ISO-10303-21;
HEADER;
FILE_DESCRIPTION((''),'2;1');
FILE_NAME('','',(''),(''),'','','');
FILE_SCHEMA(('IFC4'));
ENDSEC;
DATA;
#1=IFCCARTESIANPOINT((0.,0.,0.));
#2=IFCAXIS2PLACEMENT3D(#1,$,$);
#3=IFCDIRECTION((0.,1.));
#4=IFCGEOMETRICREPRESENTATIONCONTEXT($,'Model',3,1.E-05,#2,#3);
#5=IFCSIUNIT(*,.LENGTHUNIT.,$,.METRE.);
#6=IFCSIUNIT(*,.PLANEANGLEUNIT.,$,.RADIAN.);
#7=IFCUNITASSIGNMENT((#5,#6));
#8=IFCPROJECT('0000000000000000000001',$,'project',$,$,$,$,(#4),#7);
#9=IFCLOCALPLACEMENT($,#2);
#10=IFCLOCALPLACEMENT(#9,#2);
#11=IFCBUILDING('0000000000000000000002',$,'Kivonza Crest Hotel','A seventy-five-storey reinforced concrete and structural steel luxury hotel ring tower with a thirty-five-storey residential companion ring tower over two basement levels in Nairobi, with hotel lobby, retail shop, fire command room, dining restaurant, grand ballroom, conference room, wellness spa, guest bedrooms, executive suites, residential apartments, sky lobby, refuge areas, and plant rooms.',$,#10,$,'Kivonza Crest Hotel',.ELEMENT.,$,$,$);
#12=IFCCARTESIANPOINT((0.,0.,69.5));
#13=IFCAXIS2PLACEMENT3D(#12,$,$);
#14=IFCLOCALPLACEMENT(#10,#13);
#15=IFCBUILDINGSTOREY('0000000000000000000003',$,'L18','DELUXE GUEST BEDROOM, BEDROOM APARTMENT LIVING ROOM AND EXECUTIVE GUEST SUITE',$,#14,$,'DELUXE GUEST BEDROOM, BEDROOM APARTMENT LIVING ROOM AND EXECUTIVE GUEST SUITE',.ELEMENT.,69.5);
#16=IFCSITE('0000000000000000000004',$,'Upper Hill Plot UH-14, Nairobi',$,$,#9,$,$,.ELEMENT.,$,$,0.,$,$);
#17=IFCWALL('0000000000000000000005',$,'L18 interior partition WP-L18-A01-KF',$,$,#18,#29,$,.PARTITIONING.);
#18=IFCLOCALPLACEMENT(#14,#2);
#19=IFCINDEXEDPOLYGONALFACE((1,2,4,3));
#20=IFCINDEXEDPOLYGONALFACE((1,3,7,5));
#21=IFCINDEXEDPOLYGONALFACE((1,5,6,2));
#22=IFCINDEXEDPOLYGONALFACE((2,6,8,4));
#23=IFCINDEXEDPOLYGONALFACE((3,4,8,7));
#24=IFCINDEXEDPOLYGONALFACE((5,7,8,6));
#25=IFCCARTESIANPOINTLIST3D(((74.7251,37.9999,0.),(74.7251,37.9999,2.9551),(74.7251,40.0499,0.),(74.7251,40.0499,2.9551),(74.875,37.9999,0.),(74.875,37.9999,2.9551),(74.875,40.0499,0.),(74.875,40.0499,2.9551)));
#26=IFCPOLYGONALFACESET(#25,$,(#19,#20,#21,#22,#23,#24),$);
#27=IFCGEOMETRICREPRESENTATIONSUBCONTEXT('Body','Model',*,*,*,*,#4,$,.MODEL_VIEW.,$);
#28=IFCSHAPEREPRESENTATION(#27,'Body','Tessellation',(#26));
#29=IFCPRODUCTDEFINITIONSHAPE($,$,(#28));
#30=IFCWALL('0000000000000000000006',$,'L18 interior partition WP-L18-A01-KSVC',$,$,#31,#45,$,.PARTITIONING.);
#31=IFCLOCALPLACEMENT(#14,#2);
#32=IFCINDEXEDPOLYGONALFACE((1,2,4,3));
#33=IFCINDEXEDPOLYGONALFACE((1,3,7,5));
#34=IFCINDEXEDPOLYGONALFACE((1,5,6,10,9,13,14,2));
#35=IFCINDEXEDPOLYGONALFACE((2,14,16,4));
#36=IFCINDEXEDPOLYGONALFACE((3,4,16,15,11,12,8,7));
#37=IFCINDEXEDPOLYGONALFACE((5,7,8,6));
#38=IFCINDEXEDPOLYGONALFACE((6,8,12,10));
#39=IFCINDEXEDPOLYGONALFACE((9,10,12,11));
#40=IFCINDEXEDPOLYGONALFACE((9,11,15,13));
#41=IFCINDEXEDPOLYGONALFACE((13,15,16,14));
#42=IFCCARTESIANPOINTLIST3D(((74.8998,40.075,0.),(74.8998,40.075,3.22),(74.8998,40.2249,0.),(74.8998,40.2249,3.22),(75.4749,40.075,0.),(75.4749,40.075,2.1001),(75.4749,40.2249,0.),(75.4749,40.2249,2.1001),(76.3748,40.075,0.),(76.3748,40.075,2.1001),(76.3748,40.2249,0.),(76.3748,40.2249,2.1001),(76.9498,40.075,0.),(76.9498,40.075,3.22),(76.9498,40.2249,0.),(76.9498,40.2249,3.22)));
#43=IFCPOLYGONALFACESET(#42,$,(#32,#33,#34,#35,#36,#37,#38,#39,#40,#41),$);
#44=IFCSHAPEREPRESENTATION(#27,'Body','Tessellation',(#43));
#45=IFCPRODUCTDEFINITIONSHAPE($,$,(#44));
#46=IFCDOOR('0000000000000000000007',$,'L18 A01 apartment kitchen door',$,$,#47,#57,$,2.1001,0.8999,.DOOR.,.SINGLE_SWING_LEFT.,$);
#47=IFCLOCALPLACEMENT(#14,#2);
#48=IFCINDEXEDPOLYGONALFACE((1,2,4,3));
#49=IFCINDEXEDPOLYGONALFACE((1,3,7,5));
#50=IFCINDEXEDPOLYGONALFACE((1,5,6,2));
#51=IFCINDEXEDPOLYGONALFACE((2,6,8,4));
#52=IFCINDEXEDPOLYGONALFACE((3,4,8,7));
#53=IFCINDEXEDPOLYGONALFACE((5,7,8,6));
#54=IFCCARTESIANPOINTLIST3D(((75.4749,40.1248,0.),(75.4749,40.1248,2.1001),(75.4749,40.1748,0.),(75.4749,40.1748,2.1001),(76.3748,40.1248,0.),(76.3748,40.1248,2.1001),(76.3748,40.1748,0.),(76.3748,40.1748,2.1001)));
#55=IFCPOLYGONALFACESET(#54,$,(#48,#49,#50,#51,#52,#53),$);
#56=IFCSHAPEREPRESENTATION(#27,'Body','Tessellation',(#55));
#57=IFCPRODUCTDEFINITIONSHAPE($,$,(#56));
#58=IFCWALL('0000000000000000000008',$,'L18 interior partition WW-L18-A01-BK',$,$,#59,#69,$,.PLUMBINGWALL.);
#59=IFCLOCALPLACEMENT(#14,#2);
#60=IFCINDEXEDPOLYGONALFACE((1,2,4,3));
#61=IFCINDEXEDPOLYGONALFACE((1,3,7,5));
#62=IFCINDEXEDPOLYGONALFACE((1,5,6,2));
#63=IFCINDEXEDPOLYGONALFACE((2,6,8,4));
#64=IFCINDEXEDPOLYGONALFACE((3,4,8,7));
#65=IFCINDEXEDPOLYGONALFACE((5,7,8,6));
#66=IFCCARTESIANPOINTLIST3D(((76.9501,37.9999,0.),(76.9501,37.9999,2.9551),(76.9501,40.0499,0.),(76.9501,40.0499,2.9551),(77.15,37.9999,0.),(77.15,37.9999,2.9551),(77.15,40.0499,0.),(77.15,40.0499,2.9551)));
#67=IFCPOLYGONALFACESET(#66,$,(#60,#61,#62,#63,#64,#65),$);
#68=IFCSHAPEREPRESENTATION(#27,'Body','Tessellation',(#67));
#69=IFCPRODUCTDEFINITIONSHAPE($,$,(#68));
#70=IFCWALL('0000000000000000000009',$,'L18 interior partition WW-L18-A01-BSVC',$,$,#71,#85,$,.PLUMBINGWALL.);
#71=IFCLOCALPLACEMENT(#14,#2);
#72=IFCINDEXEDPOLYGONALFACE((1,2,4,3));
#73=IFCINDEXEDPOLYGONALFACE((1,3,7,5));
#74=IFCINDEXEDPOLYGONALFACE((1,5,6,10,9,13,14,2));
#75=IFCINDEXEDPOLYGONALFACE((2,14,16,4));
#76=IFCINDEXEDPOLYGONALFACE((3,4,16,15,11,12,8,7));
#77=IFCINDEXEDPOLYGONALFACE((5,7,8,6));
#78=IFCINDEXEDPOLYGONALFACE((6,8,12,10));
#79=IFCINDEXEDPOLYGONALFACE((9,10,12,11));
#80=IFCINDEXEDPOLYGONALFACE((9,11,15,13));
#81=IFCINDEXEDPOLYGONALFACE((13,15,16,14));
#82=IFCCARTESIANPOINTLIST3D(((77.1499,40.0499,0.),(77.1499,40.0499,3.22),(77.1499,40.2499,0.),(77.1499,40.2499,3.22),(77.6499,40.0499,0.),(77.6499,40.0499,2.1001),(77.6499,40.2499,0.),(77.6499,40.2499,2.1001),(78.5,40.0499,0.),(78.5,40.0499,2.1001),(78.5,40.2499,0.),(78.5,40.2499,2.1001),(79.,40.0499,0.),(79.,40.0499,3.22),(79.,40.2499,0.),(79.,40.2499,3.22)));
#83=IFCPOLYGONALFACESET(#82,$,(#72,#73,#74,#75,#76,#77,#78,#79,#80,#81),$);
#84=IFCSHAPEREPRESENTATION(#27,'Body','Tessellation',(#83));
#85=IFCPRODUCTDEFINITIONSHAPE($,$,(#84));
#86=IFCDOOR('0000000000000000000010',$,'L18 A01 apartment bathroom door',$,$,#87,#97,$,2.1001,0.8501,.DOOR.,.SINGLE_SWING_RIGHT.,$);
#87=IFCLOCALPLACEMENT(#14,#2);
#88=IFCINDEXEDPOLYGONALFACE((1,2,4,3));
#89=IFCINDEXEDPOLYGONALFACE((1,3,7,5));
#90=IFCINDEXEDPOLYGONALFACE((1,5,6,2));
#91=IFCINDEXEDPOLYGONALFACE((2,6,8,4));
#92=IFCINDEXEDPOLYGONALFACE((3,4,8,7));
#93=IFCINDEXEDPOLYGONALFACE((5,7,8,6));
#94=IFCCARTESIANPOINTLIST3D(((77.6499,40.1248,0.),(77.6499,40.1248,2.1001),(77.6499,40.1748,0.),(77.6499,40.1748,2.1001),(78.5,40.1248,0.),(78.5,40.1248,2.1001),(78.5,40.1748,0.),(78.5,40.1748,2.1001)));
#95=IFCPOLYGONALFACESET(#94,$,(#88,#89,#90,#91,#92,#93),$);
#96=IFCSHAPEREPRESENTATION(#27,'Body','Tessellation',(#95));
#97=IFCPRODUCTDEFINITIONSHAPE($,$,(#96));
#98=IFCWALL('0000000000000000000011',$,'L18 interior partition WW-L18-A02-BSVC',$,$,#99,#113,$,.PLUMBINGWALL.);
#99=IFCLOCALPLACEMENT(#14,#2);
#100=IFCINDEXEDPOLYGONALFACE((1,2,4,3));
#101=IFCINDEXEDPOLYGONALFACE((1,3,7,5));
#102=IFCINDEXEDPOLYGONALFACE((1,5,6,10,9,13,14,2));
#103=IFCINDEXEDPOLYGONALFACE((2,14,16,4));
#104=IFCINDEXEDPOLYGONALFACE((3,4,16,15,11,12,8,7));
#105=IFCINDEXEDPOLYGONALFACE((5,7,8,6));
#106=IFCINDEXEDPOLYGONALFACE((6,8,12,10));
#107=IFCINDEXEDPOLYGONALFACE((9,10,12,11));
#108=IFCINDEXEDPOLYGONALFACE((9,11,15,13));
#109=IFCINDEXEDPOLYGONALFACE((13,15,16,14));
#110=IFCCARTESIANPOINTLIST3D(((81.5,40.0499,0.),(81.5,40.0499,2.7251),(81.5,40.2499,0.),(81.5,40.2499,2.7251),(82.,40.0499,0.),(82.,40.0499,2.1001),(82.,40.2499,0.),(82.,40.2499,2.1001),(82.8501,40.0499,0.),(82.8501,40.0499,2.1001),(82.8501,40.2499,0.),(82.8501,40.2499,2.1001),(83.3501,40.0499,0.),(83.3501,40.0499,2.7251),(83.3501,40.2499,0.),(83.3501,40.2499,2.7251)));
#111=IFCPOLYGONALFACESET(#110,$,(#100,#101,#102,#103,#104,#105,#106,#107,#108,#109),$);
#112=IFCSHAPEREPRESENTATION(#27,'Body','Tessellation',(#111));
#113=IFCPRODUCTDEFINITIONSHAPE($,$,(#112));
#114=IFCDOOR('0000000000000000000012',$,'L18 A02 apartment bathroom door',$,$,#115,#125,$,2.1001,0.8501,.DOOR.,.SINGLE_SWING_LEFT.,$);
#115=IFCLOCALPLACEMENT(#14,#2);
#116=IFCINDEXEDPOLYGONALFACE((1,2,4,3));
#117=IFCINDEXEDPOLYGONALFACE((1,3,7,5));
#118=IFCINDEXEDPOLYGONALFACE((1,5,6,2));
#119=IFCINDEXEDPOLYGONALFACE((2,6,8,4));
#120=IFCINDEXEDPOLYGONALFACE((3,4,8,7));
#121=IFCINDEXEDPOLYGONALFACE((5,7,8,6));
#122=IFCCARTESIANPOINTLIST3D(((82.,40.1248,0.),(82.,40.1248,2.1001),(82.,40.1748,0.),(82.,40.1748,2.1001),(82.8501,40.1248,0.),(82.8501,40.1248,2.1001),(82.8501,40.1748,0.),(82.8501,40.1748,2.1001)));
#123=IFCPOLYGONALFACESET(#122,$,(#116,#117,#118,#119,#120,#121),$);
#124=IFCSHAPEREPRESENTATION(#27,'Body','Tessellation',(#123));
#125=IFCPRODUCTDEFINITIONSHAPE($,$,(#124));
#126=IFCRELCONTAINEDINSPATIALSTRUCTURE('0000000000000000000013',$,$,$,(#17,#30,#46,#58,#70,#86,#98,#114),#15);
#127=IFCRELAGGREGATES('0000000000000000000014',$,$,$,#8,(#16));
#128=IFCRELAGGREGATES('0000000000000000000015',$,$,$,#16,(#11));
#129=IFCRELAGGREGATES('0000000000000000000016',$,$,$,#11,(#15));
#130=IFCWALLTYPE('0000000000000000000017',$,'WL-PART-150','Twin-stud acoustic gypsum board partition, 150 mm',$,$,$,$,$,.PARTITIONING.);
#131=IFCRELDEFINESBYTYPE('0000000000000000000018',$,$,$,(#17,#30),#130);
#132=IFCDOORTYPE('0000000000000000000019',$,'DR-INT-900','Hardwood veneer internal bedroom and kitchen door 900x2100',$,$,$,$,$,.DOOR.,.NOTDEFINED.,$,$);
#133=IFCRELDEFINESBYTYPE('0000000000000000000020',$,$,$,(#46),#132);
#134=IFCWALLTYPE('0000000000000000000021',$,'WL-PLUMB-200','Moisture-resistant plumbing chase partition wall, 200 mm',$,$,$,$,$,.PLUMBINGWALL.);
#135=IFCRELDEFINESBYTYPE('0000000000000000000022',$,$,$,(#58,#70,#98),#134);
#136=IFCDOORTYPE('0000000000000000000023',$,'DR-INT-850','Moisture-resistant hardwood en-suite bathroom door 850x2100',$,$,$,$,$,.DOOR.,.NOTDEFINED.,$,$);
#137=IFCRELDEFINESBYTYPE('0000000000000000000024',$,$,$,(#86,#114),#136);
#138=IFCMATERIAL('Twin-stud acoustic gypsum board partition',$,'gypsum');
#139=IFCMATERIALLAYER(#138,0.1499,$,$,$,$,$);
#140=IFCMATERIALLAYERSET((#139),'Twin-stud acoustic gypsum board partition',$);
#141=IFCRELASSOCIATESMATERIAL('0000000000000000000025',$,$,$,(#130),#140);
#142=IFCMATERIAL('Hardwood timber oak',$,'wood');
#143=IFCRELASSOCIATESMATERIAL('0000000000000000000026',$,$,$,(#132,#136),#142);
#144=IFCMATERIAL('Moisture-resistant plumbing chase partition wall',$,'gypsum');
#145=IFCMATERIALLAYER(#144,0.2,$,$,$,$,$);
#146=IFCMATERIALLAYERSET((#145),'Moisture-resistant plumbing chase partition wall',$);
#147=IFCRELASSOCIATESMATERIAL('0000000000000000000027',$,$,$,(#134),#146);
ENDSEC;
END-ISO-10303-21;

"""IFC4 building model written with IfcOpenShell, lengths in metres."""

from ifc_helpers import new_model, si_unit, direction, frame, frame_2d, origin, place, context, subcontext, project, spatial, rectangle, extrude, material, layer, layer_set, type_object, element, fill, save


model = new_model("IFC4")

# Units and contexts
model_context = context("Model", 3, precision=1e-05, world=origin(), true_north=direction((0.0, 1.0)))
body_context = subcontext(model_context, "Body", "Model", "MODEL_VIEW")
ifc_project = project(units=[si_unit("LENGTHUNIT", "METRE"), si_unit("PLANEANGLEUNIT", "RADIAN")], contexts=[model_context])

# Site, building, storey
site_placement = place(None, origin())
site = spatial("IfcSite", under=ifc_project, at=site_placement, Name="Upper Hill Plot UH-14, Nairobi", CompositionType="ELEMENT", RefElevation=0.0)
building_placement = place(site_placement, origin())
building = spatial("IfcBuilding", under=site, at=building_placement, Name="Kivonza Crest Hotel", Description="A seventy-five-storey reinforced concrete and structural steel luxury hotel ring tower with a thirty-five-storey residential companion ring tower over two basement levels in Nairobi, with hotel lobby, retail shop, fire command room, dining restaurant, grand ballroom, conference room, wellness spa, guest bedrooms, executive suites, residential apartments, sky lobby, refuge areas, and plant rooms.", LongName="Kivonza Crest Hotel", CompositionType="ELEMENT")
storey_placement = place(building_placement, frame((0.0, 0.0, 69.5)))
storey = spatial("IfcBuildingStorey", under=building, at=storey_placement, Name="L18", Description="DELUXE GUEST BEDROOM, BEDROOM APARTMENT LIVING ROOM AND EXECUTIVE GUEST SUITE", LongName="DELUXE GUEST BEDROOM, BEDROOM APARTMENT LIVING ROOM AND EXECUTIVE GUEST SUITE", CompositionType="ELEMENT", Elevation=69.5)

# Shared definitions
ifc_material_1 = material(Name="Twin-stud acoustic gypsum board partition", Category="gypsum")
ifc_layer_1 = layer(ifc_material_1, 0.1499)
ifc_layer_set_1 = layer_set([ifc_layer_1], Name="Twin-stud acoustic gypsum board partition")
wall_type_1 = type_object("IfcWallType", Name="WL-PART-150", Description="Twin-stud acoustic gypsum board partition, 150 mm", PredefinedType="PARTITIONING", material=ifc_layer_set_1)
ifc_material_2 = material(Name="Hardwood timber oak", Category="wood")
door_type_1 = type_object("IfcDoorType", Name="DR-INT-900", Description="Hardwood veneer internal bedroom and kitchen door 900x2100", OperationType="NOTDEFINED", PredefinedType="DOOR", material=ifc_material_2)

# Wall
wall_1_placement = place(storey_placement, frame((74.8, 38.0, 0.0), z_axis=(0.0, 0.0, 1.0), x_axis=(0.0, 1.0, 0.0)))
element("IfcWall", 1, at=wall_1_placement, inside=storey, type_object=wall_type_1, Name="L18 interior partition WP-L18-A01-KF", PredefinedType="PARTITIONING", context=body_context, shape_type="SweptSolid", body=[
    extrude(rectangle(XDim=2.05, YDim=0.1499, at=frame_2d((1.0249, 0.0))), origin(), (0.0, 0.0, 1.0), 2.9551),
])

# Wall, opening, door
wall_2_placement = place(storey_placement, frame((74.8999, 40.1499, 0.0), z_axis=(0.0, 0.0, 1.0), x_axis=(1.0, 0.0, 0.0)))
wall_2 = element("IfcWall", 2, at=wall_2_placement, inside=storey, type_object=wall_type_1, Name="L18 interior partition WP-L18-A01-KSVC", PredefinedType="PARTITIONING", context=body_context, shape_type="SweptSolid", body=[
    extrude(rectangle(XDim=2.05, YDim=0.1499, at=frame_2d((1.0249, 0.0))), origin(), (0.0, 0.0, 1.0), 3.22),
])
opening_1_placement = place(wall_2_placement, frame((0.575, 0.0, 0.0)))
opening_1 = element("IfcOpeningElement", 3, at=opening_1_placement, cuts=wall_2, PredefinedType="OPENING", context=body_context, shape_type="SweptSolid", body=[
    extrude(rectangle(XDim=0.8999, YDim=2.1001, at=frame_2d((0.45, 1.05))), frame((0.0, 0.085, 0.0), z_axis=(0.0, -1.0, 0.0), x_axis=(1.0, 0.0, 0.0)), (0.0, 0.0, 1.0), 0.1699),
])
door_1_placement = place(opening_1_placement, origin())
door_1 = element("IfcDoor", 4, at=door_1_placement, inside=storey, type_object=door_type_1, Name="L18 A01 apartment kitchen door", OperationType="SINGLE_SWING_LEFT", OverallHeight=2.1001, OverallWidth=0.8999, PredefinedType="DOOR", context=body_context, shape_type="SweptSolid", body=[
    extrude(rectangle(XDim=0.8999, YDim=2.1001, at=frame_2d((0.45, 1.05))), frame((0.0, 0.0249, 0.0), z_axis=(0.0, -1.0, 0.0), x_axis=(1.0, 0.0, 0.0)), (0.0, 0.0, 1.0), 0.05),
])
fill(opening_1, door_1)

# Wall
ifc_material_3 = material(Name="Moisture-resistant plumbing chase partition wall", Category="gypsum")
ifc_layer_2 = layer(ifc_material_3, 0.2)
ifc_layer_set_2 = layer_set([ifc_layer_2], Name="Moisture-resistant plumbing chase partition wall")
wall_type_2 = type_object("IfcWallType", Name="WL-PLUMB-200", Description="Moisture-resistant plumbing chase partition wall, 200 mm", PredefinedType="PLUMBINGWALL", material=ifc_layer_set_2)
wall_3_placement = place(storey_placement, frame((77.05, 38.0, 0.0), z_axis=(0.0, 0.0, 1.0), x_axis=(0.0, 1.0, 0.0)))
element("IfcWall", 5, at=wall_3_placement, inside=storey, type_object=wall_type_2, Name="L18 interior partition WW-L18-A01-BK", PredefinedType="PLUMBINGWALL", context=body_context, shape_type="SweptSolid", body=[
    extrude(rectangle(XDim=2.05, YDim=0.2, at=frame_2d((1.0249, 0.0))), origin(), (0.0, 0.0, 1.0), 2.9551),
])

# Walls, openings, doors
wall_4_placement = place(storey_placement, frame((77.1499, 40.1499, 0.0), z_axis=(0.0, 0.0, 1.0), x_axis=(1.0, 0.0, 0.0)))
wall_4 = element("IfcWall", 6, at=wall_4_placement, inside=storey, type_object=wall_type_2, Name="L18 interior partition WW-L18-A01-BSVC", PredefinedType="PLUMBINGWALL", context=body_context, shape_type="SweptSolid", body=[
    extrude(rectangle(XDim=1.8501, YDim=0.2, at=frame_2d((0.925, 0.0))), origin(), (0.0, 0.0, 1.0), 3.22),
])
opening_2_placement = place(wall_4_placement, frame((0.5, 0.0, 0.0)))
opening_2 = element("IfcOpeningElement", 7, at=opening_2_placement, cuts=wall_4, PredefinedType="OPENING", context=body_context, shape_type="SweptSolid", body=[
    extrude(rectangle(XDim=0.8501, YDim=2.1001, at=frame_2d((0.425, 1.05))), frame((0.0, 0.1099, 0.0), z_axis=(0.0, -1.0, 0.0), x_axis=(1.0, 0.0, 0.0)), (0.0, 0.0, 1.0), 0.22),
])
door_type_2 = type_object("IfcDoorType", Name="DR-INT-850", Description="Moisture-resistant hardwood en-suite bathroom door 850x2100", OperationType="NOTDEFINED", PredefinedType="DOOR", material=ifc_material_2)
door_2_placement = place(opening_2_placement, origin())
door_2 = element("IfcDoor", 8, at=door_2_placement, inside=storey, type_object=door_type_2, Name="L18 A01 apartment bathroom door", OperationType="SINGLE_SWING_RIGHT", OverallHeight=2.1001, OverallWidth=0.8501, PredefinedType="DOOR", context=body_context, shape_type="SweptSolid", body=[
    extrude(rectangle(XDim=0.8501, YDim=2.1001, at=frame_2d((0.425, 1.05))), frame((0.0, 0.0249, 0.0), z_axis=(0.0, -1.0, 0.0), x_axis=(1.0, 0.0, 0.0)), (0.0, 0.0, 1.0), 0.05),
])
fill(opening_2, door_2)
wall_5_placement = place(storey_placement, frame((81.5, 40.1499, 0.0), z_axis=(0.0, 0.0, 1.0), x_axis=(1.0, 0.0, 0.0)))
wall_5 = element("IfcWall", 9, at=wall_5_placement, inside=storey, type_object=wall_type_2, Name="L18 interior partition WW-L18-A02-BSVC", PredefinedType="PLUMBINGWALL", context=body_context, shape_type="SweptSolid", body=[
    extrude(rectangle(XDim=1.8501, YDim=0.2, at=frame_2d((0.925, 0.0))), origin(), (0.0, 0.0, 1.0), 2.7251),
])
opening_3_placement = place(wall_5_placement, frame((0.5, 0.0, 0.0)))
opening_3 = element("IfcOpeningElement", 10, at=opening_3_placement, cuts=wall_5, PredefinedType="OPENING", context=body_context, shape_type="SweptSolid", body=[
    extrude(rectangle(XDim=0.8501, YDim=2.1001, at=frame_2d((0.425, 1.05))), frame((0.0, 0.1099, 0.0), z_axis=(0.0, -1.0, 0.0), x_axis=(1.0, 0.0, 0.0)), (0.0, 0.0, 1.0), 0.22),
])
door_3_placement = place(opening_3_placement, origin())
door_3 = element("IfcDoor", 11, at=door_3_placement, inside=storey, type_object=door_type_2, Name="L18 A02 apartment bathroom door", OperationType="SINGLE_SWING_LEFT", OverallHeight=2.1001, OverallWidth=0.8501, PredefinedType="DOOR", context=body_context, shape_type="SweptSolid", body=[
    extrude(rectangle(XDim=0.8501, YDim=2.1001, at=frame_2d((0.425, 1.05))), frame((0.0, 0.0249, 0.0), z_axis=(0.0, -1.0, 0.0), x_axis=(1.0, 0.0, 0.0)), (0.0, 0.0, 1.0), 0.05),
])
fill(opening_3, door_3)

save(model, "model.ifc")
